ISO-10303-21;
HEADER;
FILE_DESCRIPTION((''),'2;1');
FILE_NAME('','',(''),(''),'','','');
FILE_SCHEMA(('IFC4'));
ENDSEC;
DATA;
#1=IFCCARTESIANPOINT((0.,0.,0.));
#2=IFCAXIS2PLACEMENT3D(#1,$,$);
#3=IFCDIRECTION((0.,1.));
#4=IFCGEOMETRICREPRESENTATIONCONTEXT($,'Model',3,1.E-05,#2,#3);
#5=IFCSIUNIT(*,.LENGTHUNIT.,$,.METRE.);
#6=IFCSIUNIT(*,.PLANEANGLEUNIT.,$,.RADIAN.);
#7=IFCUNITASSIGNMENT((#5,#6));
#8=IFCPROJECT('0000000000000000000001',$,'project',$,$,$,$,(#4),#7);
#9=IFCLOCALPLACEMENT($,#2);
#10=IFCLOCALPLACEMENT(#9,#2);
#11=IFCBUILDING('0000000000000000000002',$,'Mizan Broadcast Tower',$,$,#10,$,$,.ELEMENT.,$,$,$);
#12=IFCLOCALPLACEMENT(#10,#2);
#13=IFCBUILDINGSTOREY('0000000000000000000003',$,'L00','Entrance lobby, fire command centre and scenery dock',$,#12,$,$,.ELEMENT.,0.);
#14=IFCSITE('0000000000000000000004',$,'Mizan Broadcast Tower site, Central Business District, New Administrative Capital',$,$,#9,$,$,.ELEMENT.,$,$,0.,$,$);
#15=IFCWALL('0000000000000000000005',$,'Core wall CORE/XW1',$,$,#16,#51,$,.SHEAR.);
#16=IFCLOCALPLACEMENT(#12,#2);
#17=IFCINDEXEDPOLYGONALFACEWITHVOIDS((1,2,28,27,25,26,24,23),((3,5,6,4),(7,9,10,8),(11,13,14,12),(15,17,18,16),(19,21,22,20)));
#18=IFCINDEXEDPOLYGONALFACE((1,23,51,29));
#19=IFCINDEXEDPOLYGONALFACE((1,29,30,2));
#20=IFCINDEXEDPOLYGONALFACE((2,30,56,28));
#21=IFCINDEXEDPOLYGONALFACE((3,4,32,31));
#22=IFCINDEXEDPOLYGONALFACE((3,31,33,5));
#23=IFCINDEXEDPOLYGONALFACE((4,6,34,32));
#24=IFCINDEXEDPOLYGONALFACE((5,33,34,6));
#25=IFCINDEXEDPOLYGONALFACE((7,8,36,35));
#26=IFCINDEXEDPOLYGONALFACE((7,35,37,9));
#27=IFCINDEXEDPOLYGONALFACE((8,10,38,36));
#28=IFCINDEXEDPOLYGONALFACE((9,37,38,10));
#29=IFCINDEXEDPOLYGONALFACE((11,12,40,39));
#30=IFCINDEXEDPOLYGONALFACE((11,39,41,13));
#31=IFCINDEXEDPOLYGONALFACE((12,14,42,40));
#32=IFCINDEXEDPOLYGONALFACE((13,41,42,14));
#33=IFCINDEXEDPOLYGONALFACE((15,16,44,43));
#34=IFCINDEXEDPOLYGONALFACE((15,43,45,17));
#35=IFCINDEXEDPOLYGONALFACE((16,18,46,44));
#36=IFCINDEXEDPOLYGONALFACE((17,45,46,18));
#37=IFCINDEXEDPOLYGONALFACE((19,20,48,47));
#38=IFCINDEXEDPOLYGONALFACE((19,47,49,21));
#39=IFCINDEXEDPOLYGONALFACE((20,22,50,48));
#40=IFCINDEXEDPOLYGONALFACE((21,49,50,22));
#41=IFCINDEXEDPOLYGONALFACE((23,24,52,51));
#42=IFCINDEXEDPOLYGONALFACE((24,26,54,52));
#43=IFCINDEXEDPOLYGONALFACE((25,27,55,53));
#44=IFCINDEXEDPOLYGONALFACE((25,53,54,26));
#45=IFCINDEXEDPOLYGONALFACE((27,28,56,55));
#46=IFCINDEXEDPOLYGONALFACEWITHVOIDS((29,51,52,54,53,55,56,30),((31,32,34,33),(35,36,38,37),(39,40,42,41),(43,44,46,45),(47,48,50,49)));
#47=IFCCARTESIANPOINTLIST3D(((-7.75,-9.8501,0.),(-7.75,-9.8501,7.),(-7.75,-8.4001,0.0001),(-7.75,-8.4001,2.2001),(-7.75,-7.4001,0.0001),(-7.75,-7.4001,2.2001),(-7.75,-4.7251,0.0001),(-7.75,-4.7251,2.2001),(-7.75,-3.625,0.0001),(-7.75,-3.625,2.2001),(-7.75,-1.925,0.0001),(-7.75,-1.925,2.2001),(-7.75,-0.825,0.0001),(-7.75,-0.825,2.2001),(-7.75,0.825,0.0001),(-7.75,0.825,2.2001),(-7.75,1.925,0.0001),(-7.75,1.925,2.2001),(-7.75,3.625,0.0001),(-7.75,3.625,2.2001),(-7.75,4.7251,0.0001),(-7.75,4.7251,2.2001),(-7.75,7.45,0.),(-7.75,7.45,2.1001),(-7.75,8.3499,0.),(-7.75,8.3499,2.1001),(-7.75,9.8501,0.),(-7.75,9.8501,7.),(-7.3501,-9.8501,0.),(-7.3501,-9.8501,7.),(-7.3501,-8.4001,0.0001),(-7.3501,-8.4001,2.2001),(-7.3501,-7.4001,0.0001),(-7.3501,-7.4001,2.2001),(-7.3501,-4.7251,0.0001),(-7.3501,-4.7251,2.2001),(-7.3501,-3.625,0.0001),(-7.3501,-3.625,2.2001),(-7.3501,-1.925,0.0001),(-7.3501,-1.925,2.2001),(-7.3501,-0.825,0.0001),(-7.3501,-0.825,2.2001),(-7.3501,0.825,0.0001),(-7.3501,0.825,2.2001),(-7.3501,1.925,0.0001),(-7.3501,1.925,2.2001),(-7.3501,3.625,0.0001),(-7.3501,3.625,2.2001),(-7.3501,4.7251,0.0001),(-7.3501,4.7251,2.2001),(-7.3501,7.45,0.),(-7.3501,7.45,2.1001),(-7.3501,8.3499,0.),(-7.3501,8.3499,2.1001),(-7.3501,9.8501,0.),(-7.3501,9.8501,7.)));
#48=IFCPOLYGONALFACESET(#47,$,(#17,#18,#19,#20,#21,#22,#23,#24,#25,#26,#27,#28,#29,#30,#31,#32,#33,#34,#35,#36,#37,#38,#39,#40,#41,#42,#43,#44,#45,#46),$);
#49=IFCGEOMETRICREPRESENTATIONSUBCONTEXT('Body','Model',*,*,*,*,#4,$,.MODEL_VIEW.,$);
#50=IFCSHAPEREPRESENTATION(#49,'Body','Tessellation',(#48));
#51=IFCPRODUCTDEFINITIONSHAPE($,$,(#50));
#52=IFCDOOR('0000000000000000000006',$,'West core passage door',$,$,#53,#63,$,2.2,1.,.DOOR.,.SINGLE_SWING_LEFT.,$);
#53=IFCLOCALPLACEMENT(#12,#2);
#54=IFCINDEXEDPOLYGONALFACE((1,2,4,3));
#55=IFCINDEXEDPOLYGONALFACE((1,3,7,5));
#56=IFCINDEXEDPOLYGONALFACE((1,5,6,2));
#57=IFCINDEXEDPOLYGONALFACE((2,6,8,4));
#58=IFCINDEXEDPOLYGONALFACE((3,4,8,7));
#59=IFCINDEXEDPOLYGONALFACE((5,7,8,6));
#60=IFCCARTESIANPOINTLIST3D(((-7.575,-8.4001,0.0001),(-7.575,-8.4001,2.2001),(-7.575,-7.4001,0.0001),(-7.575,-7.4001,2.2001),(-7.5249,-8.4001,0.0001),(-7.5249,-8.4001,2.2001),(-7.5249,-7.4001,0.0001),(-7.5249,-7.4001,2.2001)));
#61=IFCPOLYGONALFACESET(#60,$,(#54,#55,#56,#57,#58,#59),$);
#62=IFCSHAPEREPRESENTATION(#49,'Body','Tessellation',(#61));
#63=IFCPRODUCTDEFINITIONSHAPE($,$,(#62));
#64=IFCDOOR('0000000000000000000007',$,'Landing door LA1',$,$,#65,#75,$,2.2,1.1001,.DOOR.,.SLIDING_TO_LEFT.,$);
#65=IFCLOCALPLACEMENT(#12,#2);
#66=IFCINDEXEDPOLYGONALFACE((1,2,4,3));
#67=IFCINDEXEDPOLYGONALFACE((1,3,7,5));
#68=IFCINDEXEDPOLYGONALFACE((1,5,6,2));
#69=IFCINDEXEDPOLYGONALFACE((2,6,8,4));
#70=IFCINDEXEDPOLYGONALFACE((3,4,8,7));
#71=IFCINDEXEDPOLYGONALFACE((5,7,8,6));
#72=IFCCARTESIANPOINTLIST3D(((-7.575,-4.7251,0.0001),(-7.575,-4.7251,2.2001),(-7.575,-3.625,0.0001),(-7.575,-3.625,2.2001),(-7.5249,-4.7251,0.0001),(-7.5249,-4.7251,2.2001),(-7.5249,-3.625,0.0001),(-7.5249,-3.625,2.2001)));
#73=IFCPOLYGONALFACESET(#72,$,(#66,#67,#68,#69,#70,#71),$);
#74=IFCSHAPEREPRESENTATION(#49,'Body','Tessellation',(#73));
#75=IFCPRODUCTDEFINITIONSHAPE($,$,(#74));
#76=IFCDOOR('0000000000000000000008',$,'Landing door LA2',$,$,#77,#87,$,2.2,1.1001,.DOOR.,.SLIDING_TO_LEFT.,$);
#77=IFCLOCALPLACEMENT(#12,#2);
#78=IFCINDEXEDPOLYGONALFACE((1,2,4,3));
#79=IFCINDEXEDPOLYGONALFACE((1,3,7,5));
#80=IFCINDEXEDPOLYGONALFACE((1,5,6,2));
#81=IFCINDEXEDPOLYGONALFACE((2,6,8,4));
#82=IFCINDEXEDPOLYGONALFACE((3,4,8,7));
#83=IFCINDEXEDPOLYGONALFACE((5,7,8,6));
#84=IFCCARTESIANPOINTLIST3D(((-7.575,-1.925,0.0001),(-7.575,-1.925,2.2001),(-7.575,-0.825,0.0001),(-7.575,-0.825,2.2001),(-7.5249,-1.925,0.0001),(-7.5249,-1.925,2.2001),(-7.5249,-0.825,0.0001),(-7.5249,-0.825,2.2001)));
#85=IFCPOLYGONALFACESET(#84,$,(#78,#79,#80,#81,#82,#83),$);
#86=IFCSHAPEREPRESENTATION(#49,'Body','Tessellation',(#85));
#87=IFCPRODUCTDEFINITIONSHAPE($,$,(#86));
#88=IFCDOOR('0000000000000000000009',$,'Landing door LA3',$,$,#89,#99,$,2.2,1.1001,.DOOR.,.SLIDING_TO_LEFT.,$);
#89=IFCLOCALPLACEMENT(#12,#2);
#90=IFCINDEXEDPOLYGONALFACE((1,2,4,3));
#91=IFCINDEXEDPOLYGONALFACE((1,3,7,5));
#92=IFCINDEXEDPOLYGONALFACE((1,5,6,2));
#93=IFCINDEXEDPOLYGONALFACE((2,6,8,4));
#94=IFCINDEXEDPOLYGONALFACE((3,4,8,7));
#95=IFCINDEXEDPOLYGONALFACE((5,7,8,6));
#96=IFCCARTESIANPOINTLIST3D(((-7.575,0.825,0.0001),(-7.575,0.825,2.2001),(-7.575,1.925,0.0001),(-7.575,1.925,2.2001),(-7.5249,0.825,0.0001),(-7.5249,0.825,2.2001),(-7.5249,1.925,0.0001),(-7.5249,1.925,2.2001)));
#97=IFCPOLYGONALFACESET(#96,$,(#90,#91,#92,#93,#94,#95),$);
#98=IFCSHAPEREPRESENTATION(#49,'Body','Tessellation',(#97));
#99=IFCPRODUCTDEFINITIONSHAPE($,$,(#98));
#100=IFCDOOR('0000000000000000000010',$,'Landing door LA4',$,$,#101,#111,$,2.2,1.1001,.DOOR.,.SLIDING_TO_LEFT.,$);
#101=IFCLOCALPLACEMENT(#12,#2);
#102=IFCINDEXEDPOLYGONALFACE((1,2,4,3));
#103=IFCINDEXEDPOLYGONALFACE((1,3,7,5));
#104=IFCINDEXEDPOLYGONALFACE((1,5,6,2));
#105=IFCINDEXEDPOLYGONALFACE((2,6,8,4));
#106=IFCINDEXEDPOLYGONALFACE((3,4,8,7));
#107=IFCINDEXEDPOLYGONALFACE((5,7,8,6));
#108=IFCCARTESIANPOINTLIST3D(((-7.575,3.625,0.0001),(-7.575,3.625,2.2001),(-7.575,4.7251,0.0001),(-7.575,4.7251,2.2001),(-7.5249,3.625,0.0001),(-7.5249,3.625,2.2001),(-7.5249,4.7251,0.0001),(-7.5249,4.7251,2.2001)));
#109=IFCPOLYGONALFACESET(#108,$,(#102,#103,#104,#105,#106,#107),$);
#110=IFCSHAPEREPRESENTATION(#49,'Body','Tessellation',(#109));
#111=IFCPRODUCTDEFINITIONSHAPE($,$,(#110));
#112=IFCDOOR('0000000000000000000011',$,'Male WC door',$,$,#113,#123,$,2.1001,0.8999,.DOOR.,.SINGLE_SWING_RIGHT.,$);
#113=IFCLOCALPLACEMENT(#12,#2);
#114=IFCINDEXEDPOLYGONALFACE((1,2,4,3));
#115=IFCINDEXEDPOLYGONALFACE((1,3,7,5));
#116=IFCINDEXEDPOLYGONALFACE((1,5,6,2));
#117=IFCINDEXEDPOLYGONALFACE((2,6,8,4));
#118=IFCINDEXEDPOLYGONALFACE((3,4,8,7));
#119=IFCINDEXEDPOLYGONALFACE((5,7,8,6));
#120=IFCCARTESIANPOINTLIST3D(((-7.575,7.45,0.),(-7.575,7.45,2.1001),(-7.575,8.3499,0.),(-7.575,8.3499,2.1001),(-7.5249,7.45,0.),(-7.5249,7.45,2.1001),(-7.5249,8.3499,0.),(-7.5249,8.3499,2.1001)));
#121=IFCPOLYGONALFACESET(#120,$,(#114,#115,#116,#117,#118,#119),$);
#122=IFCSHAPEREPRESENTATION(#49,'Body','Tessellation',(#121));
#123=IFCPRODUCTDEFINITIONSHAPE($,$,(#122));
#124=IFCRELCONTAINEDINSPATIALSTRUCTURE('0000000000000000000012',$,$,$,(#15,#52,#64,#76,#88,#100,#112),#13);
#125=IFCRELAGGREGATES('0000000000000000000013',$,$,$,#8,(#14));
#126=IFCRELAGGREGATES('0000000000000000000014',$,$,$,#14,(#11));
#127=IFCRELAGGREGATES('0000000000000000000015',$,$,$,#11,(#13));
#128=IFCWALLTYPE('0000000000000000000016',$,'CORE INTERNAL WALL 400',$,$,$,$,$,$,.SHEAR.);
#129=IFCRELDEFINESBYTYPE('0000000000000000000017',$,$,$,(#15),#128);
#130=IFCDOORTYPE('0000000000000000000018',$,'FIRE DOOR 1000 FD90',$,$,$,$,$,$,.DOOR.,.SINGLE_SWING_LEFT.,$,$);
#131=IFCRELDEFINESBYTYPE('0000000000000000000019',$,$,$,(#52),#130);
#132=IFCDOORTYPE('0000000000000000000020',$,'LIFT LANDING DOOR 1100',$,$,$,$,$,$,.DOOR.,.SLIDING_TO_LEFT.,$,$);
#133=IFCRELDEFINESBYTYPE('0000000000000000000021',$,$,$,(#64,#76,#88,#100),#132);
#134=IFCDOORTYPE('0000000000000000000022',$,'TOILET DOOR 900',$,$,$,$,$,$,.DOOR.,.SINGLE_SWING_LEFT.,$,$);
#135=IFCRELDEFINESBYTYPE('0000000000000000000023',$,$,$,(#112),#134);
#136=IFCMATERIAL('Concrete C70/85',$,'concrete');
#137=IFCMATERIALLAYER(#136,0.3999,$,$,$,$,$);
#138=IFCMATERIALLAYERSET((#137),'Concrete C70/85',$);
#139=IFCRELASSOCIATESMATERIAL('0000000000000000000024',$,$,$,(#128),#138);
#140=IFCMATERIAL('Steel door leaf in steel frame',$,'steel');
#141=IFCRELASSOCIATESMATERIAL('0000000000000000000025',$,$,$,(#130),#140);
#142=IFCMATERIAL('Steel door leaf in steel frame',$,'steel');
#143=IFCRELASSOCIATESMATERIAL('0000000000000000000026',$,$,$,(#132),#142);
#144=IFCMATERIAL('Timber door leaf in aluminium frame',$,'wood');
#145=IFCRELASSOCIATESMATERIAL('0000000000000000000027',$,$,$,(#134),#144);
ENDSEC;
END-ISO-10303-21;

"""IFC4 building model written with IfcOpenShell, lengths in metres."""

from ifc_helpers import new_model, si_unit, direction, frame, frame_2d, origin, place, context, subcontext, project, spatial, rectangle, extrude, material, layer, layer_set, type_object, element, fill, save


model = new_model("IFC4")

# Units and contexts
model_context = context("Model", 3, precision=1e-05, world=origin(), true_north=direction((0.0, 1.0)))
body_context = subcontext(model_context, "Body", "Model", "MODEL_VIEW")
ifc_project = project(units=[si_unit("LENGTHUNIT", "METRE"), si_unit("PLANEANGLEUNIT", "RADIAN")], contexts=[model_context])

# Site, building, storey
site_placement = place(None, origin())
site = spatial("IfcSite", under=ifc_project, at=site_placement, Name="Mizan Broadcast Tower site, Central Business District, New Administrative Capital", CompositionType="ELEMENT", RefElevation=0.0)
building_placement = place(site_placement, origin())
building = spatial("IfcBuilding", under=site, at=building_placement, Name="Mizan Broadcast Tower", CompositionType="ELEMENT")
storey_placement = place(building_placement, origin())
storey = spatial("IfcBuildingStorey", under=building, at=storey_placement, Name="L00", Description="Entrance lobby, fire command centre and scenery dock", CompositionType="ELEMENT", Elevation=0.0)

# Wall, openings, doors
ifc_material_1 = material(Name="Concrete C70/85", Category="concrete")
ifc_layer_1 = layer(ifc_material_1, 0.3999)
ifc_layer_set_1 = layer_set([ifc_layer_1], Name="Concrete C70/85")
wall_type_1 = type_object("IfcWallType", Name="CORE INTERNAL WALL 400", PredefinedType="SHEAR", material=ifc_layer_set_1)
wall_1_placement = place(storey_placement, frame((-7.55, -9.8501, 0.0), z_axis=(0.0, 0.0, 1.0), x_axis=(0.0, 1.0, 0.0)))
wall_1 = element("IfcWall", 1, at=wall_1_placement, inside=storey, type_object=wall_type_1, Name="Core wall CORE/XW1", PredefinedType="SHEAR", context=body_context, shape_type="SweptSolid", body=[
    extrude(rectangle(XDim=19.7002, YDim=0.3999, at=frame_2d((9.8501, 0.0))), origin(), (0.0, 0.0, 1.0), 7.0),
])
opening_1_placement = place(wall_1_placement, frame((1.45, 0.0, 0.0)))
opening_1 = element("IfcOpeningElement", 2, at=opening_1_placement, cuts=wall_1, PredefinedType="OPENING", context=body_context, shape_type="SweptSolid", body=[
    extrude(rectangle(XDim=1.0, YDim=2.2, at=frame_2d((0.5, 1.1001))), frame((0.0, 0.21, 0.0), z_axis=(0.0, -1.0, 0.0), x_axis=(1.0, 0.0, 0.0)), (0.0, 0.0, 1.0), 0.4199),
])
opening_2_placement = place(wall_1_placement, frame((17.3, 0.0, 0.0)))
opening_2 = element("IfcOpeningElement", 3, at=opening_2_placement, cuts=wall_1, PredefinedType="OPENING", context=body_context, shape_type="SweptSolid", body=[
    extrude(rectangle(XDim=0.8999, YDim=2.1001, at=frame_2d((0.45, 1.05))), frame((0.0, 0.21, 0.0), z_axis=(0.0, -1.0, 0.0), x_axis=(1.0, 0.0, 0.0)), (0.0, 0.0, 1.0), 0.4199),
])
opening_3_placement = place(wall_1_placement, frame((5.125, 0.0, 0.0)))
opening_3 = element("IfcOpeningElement", 4, at=opening_3_placement, cuts=wall_1, PredefinedType="OPENING", context=body_context, shape_type="SweptSolid", body=[
    extrude(rectangle(XDim=1.1001, YDim=2.2, at=frame_2d((0.55, 1.1001))), frame((0.0, 0.21, 0.0), z_axis=(0.0, -1.0, 0.0), x_axis=(1.0, 0.0, 0.0)), (0.0, 0.0, 1.0), 0.4199),
])
opening_4_placement = place(wall_1_placement, frame((7.925, 0.0, 0.0)))
opening_4 = element("IfcOpeningElement", 5, at=opening_4_placement, cuts=wall_1, PredefinedType="OPENING", context=body_context, shape_type="SweptSolid", body=[
    extrude(rectangle(XDim=1.1001, YDim=2.2, at=frame_2d((0.55, 1.1001))), frame((0.0, 0.21, 0.0), z_axis=(0.0, -1.0, 0.0), x_axis=(1.0, 0.0, 0.0)), (0.0, 0.0, 1.0), 0.4199),
])
opening_5_placement = place(wall_1_placement, frame((10.675, 0.0, 0.0)))
opening_5 = element("IfcOpeningElement", 6, at=opening_5_placement, cuts=wall_1, PredefinedType="OPENING", context=body_context, shape_type="SweptSolid", body=[
    extrude(rectangle(XDim=1.1001, YDim=2.2, at=frame_2d((0.55, 1.1001))), frame((0.0, 0.21, 0.0), z_axis=(0.0, -1.0, 0.0), x_axis=(1.0, 0.0, 0.0)), (0.0, 0.0, 1.0), 0.4199),
])
opening_6_placement = place(wall_1_placement, frame((13.4751, 0.0, 0.0)))
opening_6 = element("IfcOpeningElement", 7, at=opening_6_placement, cuts=wall_1, PredefinedType="OPENING", context=body_context, shape_type="SweptSolid", body=[
    extrude(rectangle(XDim=1.1001, YDim=2.2, at=frame_2d((0.55, 1.1001))), frame((0.0, 0.21, 0.0), z_axis=(0.0, -1.0, 0.0), x_axis=(1.0, 0.0, 0.0)), (0.0, 0.0, 1.0), 0.4199),
])
ifc_material_2 = material(Name="Steel door leaf in steel frame", Category="steel")
door_type_1 = type_object("IfcDoorType", Name="FIRE DOOR 1000 FD90", OperationType="SINGLE_SWING_LEFT", PredefinedType="DOOR", material=ifc_material_2)
door_1_placement = place(opening_1_placement, origin())
door_1 = element("IfcDoor", 8, at=door_1_placement, inside=storey, type_object=door_type_1, Name="West core passage door", OperationType="SINGLE_SWING_LEFT", OverallHeight=2.2, OverallWidth=1.0, PredefinedType="DOOR", context=body_context, shape_type="SweptSolid", body=[
    extrude(rectangle(XDim=1.0, YDim=2.2, at=frame_2d((0.5, 1.1001))), frame((0.0, 0.0249, 0.0), z_axis=(0.0, -1.0, 0.0), x_axis=(1.0, 0.0, 0.0)), (0.0, 0.0, 1.0), 0.05),
])
fill(opening_1, door_1)
ifc_material_3 = material(Name="Steel door leaf in steel frame", Category="steel")
door_type_2 = type_object("IfcDoorType", Name="LIFT LANDING DOOR 1100", OperationType="SLIDING_TO_LEFT", PredefinedType="DOOR", material=ifc_material_3)
door_2_placement = place(opening_3_placement, origin())
door_2 = element("IfcDoor", 9, at=door_2_placement, inside=storey, type_object=door_type_2, Name="Landing door LA1", OperationType="SLIDING_TO_LEFT", OverallHeight=2.2, OverallWidth=1.1001, PredefinedType="DOOR", context=body_context, shape_type="SweptSolid", body=[
    extrude(rectangle(XDim=1.1001, YDim=2.2, at=frame_2d((0.55, 1.1001))), frame((0.0, 0.0249, 0.0), z_axis=(0.0, -1.0, 0.0), x_axis=(1.0, 0.0, 0.0)), (0.0, 0.0, 1.0), 0.05),
])
fill(opening_3, door_2)
door_3_placement = place(opening_4_placement, origin())
door_3 = element("IfcDoor", 10, at=door_3_placement, inside=storey, type_object=door_type_2, Name="Landing door LA2", OperationType="SLIDING_TO_LEFT", OverallHeight=2.2, OverallWidth=1.1001, PredefinedType="DOOR", context=body_context, shape_type="SweptSolid", body=[
    extrude(rectangle(XDim=1.1001, YDim=2.2, at=frame_2d((0.55, 1.1001))), frame((0.0, 0.0249, 0.0), z_axis=(0.0, -1.0, 0.0), x_axis=(1.0, 0.0, 0.0)), (0.0, 0.0, 1.0), 0.05),
])
fill(opening_4, door_3)
door_4_placement = place(opening_5_placement, origin())
door_4 = element("IfcDoor", 11, at=door_4_placement, inside=storey, type_object=door_type_2, Name="Landing door LA3", OperationType="SLIDING_TO_LEFT", OverallHeight=2.2, OverallWidth=1.1001, PredefinedType="DOOR", context=body_context, shape_type="SweptSolid", body=[
    extrude(rectangle(XDim=1.1001, YDim=2.2, at=frame_2d((0.55, 1.1001))), frame((0.0, 0.0249, 0.0), z_axis=(0.0, -1.0, 0.0), x_axis=(1.0, 0.0, 0.0)), (0.0, 0.0, 1.0), 0.05),
])
fill(opening_5, door_4)
door_5_placement = place(opening_6_placement, origin())
door_5 = element("IfcDoor", 12, at=door_5_placement, inside=storey, type_object=door_type_2, Name="Landing door LA4", OperationType="SLIDING_TO_LEFT", OverallHeight=2.2, OverallWidth=1.1001, PredefinedType="DOOR", context=body_context, shape_type="SweptSolid", body=[
    extrude(rectangle(XDim=1.1001, YDim=2.2, at=frame_2d((0.55, 1.1001))), frame((0.0, 0.0249, 0.0), z_axis=(0.0, -1.0, 0.0), x_axis=(1.0, 0.0, 0.0)), (0.0, 0.0, 1.0), 0.05),
])
fill(opening_6, door_5)
ifc_material_4 = material(Name="Timber door leaf in aluminium frame", Category="wood")
door_type_3 = type_object("IfcDoorType", Name="TOILET DOOR 900", OperationType="SINGLE_SWING_LEFT", PredefinedType="DOOR", material=ifc_material_4)
door_6_placement = place(opening_2_placement, origin())
door_6 = element("IfcDoor", 13, at=door_6_placement, inside=storey, type_object=door_type_3, Name="Male WC door", OperationType="SINGLE_SWING_RIGHT", OverallHeight=2.1001, OverallWidth=0.8999, PredefinedType="DOOR", context=body_context, shape_type="SweptSolid", body=[
    extrude(rectangle(XDim=0.8999, YDim=2.1001, at=frame_2d((0.45, 1.05))), frame((0.0, 0.0249, 0.0), z_axis=(0.0, -1.0, 0.0), x_axis=(1.0, 0.0, 0.0)), (0.0, 0.0, 1.0), 0.05),
])
fill(opening_2, door_6)

save(model, "model.ifc")
